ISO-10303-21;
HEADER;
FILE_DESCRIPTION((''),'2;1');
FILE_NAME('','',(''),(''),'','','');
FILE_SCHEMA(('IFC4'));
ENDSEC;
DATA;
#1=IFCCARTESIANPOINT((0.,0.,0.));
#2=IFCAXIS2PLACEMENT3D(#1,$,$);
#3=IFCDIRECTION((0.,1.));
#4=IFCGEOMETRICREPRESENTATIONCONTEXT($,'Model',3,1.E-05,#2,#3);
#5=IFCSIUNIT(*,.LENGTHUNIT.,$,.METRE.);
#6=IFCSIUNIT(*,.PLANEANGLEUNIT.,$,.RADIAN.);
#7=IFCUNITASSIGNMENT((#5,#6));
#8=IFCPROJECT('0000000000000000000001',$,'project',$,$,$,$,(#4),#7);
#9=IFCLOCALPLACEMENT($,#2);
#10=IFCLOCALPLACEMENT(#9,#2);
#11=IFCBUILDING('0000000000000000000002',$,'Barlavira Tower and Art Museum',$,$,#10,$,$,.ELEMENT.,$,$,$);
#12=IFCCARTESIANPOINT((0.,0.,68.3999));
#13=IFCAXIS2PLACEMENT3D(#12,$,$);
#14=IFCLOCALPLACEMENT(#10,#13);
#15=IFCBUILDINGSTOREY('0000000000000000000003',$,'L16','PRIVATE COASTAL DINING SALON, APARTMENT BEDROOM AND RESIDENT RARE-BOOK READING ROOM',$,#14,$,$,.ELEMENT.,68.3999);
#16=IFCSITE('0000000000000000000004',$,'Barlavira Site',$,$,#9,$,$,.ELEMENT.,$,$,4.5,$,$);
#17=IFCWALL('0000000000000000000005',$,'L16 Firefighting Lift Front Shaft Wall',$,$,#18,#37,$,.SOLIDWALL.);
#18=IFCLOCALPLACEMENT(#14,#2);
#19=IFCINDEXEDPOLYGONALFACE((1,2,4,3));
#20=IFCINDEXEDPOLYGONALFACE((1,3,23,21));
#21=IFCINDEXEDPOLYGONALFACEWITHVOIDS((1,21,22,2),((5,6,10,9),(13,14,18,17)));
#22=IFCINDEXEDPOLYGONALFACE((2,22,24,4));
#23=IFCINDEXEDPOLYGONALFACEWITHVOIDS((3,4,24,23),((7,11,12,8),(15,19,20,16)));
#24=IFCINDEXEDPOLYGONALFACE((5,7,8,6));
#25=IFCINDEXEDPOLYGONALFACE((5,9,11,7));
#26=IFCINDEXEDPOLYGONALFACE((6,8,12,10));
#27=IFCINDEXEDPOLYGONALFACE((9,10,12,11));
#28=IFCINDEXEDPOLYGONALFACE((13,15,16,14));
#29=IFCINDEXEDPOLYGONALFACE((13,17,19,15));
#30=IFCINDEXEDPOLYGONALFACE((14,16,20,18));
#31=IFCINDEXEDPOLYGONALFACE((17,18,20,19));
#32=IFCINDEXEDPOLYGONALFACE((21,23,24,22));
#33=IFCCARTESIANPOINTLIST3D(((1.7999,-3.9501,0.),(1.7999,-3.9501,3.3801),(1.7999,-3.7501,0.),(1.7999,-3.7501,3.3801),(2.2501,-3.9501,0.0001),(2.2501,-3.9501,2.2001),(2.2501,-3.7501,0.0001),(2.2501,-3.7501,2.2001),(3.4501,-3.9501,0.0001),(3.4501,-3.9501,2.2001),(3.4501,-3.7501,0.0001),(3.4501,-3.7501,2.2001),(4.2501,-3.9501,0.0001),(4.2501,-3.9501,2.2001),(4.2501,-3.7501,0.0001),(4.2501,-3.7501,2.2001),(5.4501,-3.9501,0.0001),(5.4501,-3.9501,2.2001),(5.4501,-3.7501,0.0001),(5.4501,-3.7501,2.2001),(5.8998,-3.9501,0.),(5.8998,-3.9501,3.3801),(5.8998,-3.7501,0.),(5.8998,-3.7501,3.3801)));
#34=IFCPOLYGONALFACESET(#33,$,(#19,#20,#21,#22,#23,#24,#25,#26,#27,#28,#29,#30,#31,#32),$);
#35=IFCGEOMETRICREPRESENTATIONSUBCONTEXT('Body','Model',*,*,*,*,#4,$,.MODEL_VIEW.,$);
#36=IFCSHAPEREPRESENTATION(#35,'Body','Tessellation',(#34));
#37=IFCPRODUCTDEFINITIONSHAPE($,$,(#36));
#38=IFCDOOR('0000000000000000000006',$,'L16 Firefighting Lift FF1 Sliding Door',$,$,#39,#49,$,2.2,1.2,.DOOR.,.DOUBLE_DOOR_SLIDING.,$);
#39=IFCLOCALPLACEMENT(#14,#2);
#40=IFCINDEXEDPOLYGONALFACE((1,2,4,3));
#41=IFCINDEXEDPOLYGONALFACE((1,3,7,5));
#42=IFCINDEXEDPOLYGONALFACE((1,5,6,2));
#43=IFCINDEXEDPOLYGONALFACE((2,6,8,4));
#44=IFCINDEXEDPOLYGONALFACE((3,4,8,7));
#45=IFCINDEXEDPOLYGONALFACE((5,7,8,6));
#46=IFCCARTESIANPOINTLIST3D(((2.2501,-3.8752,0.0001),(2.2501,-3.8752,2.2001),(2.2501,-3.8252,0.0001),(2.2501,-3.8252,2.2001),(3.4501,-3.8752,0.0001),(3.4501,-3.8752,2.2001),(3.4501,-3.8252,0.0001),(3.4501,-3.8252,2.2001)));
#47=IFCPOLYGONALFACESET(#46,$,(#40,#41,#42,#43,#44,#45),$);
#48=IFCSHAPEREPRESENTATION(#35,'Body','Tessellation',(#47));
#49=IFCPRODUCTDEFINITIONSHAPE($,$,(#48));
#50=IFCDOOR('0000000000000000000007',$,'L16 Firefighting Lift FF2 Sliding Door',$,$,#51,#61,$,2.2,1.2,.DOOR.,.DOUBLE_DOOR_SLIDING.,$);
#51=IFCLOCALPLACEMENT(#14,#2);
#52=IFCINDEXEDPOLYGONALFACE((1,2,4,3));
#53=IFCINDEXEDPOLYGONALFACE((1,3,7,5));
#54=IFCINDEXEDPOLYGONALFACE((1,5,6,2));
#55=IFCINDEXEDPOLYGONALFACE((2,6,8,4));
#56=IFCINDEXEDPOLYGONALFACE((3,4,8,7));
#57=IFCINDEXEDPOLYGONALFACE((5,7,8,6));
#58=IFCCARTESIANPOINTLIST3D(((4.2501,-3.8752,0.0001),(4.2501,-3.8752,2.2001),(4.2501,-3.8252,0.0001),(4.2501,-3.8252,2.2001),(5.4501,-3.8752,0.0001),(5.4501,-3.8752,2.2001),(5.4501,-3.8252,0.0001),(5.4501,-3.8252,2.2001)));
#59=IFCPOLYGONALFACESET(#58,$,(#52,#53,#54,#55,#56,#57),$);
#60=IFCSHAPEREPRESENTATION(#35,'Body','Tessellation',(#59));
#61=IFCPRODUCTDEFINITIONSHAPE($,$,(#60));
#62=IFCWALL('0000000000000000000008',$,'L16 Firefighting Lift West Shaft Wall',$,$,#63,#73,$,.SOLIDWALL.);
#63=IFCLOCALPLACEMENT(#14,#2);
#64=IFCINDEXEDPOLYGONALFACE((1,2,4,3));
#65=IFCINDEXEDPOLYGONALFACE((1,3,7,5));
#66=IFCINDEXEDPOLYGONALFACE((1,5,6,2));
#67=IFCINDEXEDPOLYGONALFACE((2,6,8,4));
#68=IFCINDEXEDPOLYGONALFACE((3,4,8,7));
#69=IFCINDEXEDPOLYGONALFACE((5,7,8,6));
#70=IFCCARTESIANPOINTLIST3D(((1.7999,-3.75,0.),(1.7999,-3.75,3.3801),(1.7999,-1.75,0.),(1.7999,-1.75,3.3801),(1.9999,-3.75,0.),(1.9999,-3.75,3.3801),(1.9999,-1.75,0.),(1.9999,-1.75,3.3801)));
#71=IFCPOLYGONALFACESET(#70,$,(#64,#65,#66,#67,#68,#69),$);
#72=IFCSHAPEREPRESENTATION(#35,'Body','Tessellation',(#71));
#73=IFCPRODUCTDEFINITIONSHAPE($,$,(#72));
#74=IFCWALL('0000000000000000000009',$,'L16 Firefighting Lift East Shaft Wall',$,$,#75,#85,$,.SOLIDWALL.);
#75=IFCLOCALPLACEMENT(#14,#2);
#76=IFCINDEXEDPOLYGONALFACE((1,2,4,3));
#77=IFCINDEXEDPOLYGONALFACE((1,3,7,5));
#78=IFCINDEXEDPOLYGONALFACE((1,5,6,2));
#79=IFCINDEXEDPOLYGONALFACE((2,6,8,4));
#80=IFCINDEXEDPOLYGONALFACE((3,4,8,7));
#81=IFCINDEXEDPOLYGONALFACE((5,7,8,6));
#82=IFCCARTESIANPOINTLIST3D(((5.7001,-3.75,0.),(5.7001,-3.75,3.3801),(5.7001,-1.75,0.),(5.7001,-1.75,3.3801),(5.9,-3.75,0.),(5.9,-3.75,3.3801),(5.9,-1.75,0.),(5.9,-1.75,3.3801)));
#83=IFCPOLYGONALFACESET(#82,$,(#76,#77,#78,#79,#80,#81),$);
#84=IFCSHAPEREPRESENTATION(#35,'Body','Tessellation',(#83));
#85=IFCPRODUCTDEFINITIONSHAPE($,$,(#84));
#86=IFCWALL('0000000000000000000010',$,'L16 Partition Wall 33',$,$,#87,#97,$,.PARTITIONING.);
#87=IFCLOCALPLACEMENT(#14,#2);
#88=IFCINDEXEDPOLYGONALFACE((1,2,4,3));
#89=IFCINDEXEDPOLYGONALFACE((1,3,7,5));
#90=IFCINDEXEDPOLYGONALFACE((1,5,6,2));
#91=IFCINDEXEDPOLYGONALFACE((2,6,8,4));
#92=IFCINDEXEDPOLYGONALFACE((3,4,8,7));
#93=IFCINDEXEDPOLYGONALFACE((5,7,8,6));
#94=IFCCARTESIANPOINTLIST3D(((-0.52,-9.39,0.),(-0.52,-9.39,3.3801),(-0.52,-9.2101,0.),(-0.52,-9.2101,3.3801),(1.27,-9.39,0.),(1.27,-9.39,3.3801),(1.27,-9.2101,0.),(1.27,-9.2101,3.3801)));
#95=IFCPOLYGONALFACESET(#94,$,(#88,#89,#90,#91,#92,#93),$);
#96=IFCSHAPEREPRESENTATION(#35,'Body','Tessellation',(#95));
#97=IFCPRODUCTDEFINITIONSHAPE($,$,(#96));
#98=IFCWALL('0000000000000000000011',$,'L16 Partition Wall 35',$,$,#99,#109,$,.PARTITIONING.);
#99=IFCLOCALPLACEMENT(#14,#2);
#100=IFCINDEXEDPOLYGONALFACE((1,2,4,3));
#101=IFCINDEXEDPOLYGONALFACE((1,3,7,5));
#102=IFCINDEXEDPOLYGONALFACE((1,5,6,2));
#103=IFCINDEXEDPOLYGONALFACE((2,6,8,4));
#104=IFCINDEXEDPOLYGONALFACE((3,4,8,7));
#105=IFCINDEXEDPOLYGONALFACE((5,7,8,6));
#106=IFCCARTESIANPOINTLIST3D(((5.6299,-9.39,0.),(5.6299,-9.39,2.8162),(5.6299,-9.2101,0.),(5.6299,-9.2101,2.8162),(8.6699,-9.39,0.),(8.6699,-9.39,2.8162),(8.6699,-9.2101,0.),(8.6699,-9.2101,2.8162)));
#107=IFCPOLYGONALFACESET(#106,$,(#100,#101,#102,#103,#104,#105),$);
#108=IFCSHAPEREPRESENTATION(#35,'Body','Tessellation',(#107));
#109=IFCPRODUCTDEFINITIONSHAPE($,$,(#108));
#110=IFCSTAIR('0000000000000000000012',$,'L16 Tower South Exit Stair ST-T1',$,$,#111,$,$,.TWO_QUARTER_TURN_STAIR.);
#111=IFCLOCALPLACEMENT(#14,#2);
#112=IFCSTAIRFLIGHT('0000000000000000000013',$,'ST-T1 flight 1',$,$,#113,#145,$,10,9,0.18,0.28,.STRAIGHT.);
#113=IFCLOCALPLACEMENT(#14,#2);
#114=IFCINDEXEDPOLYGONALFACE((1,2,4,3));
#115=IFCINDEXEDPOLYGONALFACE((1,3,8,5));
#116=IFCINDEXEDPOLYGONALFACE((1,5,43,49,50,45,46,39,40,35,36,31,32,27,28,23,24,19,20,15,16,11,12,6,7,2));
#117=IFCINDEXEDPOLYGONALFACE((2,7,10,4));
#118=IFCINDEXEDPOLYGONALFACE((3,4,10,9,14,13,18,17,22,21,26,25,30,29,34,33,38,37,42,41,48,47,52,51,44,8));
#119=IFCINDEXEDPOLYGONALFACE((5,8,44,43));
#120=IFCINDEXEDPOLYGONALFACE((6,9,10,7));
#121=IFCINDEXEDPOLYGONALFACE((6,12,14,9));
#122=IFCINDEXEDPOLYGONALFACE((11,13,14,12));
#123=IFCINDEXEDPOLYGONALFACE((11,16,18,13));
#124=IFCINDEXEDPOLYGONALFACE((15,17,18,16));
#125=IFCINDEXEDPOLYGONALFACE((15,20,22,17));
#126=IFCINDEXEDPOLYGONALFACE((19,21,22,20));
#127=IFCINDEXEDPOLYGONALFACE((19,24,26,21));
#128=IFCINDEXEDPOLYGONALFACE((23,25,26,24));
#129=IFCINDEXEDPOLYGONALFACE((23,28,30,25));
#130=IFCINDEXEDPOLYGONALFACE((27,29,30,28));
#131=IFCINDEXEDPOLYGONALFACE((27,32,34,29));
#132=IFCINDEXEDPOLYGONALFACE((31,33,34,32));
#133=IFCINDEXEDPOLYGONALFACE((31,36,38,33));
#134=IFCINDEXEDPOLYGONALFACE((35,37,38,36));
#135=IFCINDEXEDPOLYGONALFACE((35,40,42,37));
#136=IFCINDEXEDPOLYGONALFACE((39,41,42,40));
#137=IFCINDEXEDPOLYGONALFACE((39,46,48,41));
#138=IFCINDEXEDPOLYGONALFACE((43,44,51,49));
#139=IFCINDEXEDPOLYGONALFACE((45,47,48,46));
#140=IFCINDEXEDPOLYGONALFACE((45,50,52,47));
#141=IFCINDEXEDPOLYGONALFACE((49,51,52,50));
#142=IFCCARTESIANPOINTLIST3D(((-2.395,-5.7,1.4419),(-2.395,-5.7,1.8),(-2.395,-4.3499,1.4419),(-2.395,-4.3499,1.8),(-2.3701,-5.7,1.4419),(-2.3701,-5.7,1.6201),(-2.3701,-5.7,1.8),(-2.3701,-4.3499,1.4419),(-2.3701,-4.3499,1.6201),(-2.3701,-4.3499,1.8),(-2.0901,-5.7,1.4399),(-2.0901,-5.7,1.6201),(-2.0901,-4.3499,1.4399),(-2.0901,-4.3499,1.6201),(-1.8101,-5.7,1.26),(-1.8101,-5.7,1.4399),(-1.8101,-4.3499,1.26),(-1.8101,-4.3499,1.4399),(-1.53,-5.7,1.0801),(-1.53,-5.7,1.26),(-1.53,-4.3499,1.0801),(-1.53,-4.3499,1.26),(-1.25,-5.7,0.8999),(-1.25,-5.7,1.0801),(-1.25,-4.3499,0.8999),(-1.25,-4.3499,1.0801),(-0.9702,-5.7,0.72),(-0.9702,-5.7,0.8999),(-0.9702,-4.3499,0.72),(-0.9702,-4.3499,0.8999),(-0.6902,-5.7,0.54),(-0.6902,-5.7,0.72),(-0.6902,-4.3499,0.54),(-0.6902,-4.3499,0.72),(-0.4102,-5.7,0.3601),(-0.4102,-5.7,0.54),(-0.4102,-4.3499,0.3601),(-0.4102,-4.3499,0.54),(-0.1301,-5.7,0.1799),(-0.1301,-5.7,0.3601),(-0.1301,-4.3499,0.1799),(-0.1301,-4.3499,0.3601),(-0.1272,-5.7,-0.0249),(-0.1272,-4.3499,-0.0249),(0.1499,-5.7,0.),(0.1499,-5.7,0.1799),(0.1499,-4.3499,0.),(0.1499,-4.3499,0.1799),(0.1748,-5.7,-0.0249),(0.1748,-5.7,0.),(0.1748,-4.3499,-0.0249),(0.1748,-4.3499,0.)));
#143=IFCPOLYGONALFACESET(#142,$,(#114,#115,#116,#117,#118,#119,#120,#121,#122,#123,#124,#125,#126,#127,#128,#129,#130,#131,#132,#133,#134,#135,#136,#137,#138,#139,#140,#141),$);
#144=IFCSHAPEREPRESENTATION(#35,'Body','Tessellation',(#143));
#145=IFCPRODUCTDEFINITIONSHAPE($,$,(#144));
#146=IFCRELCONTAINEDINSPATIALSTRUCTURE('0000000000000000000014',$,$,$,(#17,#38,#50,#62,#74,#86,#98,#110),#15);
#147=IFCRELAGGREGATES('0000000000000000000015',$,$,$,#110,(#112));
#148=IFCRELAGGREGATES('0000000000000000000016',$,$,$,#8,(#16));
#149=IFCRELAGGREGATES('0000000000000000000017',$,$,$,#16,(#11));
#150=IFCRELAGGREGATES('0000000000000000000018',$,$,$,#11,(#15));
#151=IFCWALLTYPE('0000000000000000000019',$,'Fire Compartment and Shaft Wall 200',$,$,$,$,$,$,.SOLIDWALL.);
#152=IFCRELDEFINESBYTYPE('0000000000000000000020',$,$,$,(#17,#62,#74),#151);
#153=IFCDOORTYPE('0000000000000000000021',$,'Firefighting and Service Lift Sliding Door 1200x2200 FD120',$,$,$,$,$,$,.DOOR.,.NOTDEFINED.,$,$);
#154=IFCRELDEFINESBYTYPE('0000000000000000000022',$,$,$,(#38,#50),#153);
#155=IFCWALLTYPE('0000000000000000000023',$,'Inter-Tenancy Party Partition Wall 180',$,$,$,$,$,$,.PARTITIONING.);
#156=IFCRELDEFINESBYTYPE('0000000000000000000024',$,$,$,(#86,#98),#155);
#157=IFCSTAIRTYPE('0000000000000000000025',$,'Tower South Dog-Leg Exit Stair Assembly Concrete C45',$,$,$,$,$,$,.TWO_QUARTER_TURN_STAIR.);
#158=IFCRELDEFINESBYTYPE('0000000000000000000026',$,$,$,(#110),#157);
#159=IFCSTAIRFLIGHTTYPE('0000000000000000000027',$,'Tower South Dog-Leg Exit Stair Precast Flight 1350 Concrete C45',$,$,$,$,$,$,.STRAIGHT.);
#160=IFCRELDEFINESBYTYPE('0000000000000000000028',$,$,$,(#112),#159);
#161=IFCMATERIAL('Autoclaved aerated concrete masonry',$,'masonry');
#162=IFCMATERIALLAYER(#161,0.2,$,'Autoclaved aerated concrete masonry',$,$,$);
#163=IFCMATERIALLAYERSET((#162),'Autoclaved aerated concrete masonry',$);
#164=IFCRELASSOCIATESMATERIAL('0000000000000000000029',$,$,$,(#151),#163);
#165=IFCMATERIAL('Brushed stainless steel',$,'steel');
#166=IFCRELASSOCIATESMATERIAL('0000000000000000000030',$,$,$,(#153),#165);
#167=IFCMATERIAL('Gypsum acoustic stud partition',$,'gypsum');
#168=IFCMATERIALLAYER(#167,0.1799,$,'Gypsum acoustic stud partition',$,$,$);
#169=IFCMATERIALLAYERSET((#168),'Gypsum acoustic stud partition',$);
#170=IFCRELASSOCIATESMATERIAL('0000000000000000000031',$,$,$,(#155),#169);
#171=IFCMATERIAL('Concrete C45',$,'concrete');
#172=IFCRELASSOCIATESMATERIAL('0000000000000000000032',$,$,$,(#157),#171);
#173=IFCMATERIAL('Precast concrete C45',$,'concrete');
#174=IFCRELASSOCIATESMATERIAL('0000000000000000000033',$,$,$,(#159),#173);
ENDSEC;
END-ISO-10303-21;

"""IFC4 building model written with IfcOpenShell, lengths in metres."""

from ifc_helpers import new_model, si_unit, direction, frame, frame_2d, origin, place, context, subcontext, project, spatial, polyline, rectangle, outline, extrude, material, layer, layer_set, type_object, element, fill, aggregate, save


model = new_model("IFC4")

# Units and contexts
model_context = context("Model", 3, precision=1e-05, world=origin(), true_north=direction((0.0, 1.0)))
body_context = subcontext(model_context, "Body", "Model", "MODEL_VIEW")
ifc_project = project(units=[si_unit("LENGTHUNIT", "METRE"), si_unit("PLANEANGLEUNIT", "RADIAN")], contexts=[model_context])

# Site, building, storey
site_placement = place(None, origin())
site = spatial("IfcSite", under=ifc_project, at=site_placement, Name="Barlavira Site", CompositionType="ELEMENT", RefElevation=4.5)
building_placement = place(site_placement, origin())
building = spatial("IfcBuilding", under=site, at=building_placement, Name="Barlavira Tower and Art Museum", CompositionType="ELEMENT")
storey_placement = place(building_placement, frame((0.0, 0.0, 68.3999)))
storey = spatial("IfcBuildingStorey", under=building, at=storey_placement, Name="L16", Description="PRIVATE COASTAL DINING SALON, APARTMENT BEDROOM AND RESIDENT RARE-BOOK READING ROOM", CompositionType="ELEMENT", Elevation=68.3999)

# Shared definitions
ifc_material_1 = material(Name="Brushed stainless steel", Category="steel")

# Wall, openings, doors
ifc_material_2 = material(Name="Autoclaved aerated concrete masonry", Category="masonry")
ifc_layer_1 = layer(ifc_material_2, 0.2, Name="Autoclaved aerated concrete masonry")
ifc_layer_set_1 = layer_set([ifc_layer_1], Name="Autoclaved aerated concrete masonry")
wall_type_1 = type_object("IfcWallType", Name="Fire Compartment and Shaft Wall 200", PredefinedType="SOLIDWALL", material=ifc_layer_set_1)
wall_1_placement = place(storey_placement, frame((1.8, -3.8501, 0.0), z_axis=(0.0, 0.0, 1.0), x_axis=(1.0, 0.0, 0.0)))
wall_1 = element("IfcWall", 1, at=wall_1_placement, inside=storey, type_object=wall_type_1, Name="L16 Firefighting Lift Front Shaft Wall", PredefinedType="SOLIDWALL", context=body_context, shape_type="SweptSolid", body=[
    extrude(rectangle(XDim=4.0999, YDim=0.2, at=frame_2d((2.0498, 0.0))), origin(), (0.0, 0.0, 1.0), 3.3801),
])
opening_1_placement = place(wall_1_placement, frame((0.45, 0.0, 0.0)))
opening_1 = element("IfcOpeningElement", 2, at=opening_1_placement, cuts=wall_1, PredefinedType="OPENING", context=body_context, shape_type="SweptSolid", body=[
    extrude(rectangle(XDim=1.2, YDim=2.2, at=frame_2d((0.6001, 1.1001))), frame((0.0, 0.1099, 0.0), z_axis=(0.0, -1.0, 0.0), x_axis=(1.0, 0.0, 0.0)), (0.0, 0.0, 1.0), 0.22),
])
opening_2_placement = place(wall_1_placement, frame((2.45, 0.0, 0.0)))
opening_2 = element("IfcOpeningElement", 3, at=opening_2_placement, cuts=wall_1, PredefinedType="OPENING", context=body_context, shape_type="SweptSolid", body=[
    extrude(rectangle(XDim=1.2, YDim=2.2, at=frame_2d((0.6001, 1.1001))), frame((0.0, 0.1099, 0.0), z_axis=(0.0, -1.0, 0.0), x_axis=(1.0, 0.0, 0.0)), (0.0, 0.0, 1.0), 0.22),
])
door_type_1 = type_object("IfcDoorType", Name="Firefighting and Service Lift Sliding Door 1200x2200 FD120", OperationType="NOTDEFINED", PredefinedType="DOOR", material=ifc_material_1)
door_1_placement = place(opening_1_placement, origin())
door_1 = element("IfcDoor", 4, at=door_1_placement, inside=storey, type_object=door_type_1, Name="L16 Firefighting Lift FF1 Sliding Door", OperationType="DOUBLE_DOOR_SLIDING", OverallHeight=2.2, OverallWidth=1.2, PredefinedType="DOOR", context=body_context, shape_type="SweptSolid", body=[
    extrude(rectangle(XDim=1.2, YDim=2.2, at=frame_2d((0.6001, 1.1001))), frame((0.0, 0.0249, 0.0), z_axis=(0.0, -1.0, 0.0), x_axis=(1.0, 0.0, 0.0)), (0.0, 0.0, 1.0), 0.05),
])
fill(opening_1, door_1)
door_2_placement = place(opening_2_placement, origin())
door_2 = element("IfcDoor", 5, at=door_2_placement, inside=storey, type_object=door_type_1, Name="L16 Firefighting Lift FF2 Sliding Door", OperationType="DOUBLE_DOOR_SLIDING", OverallHeight=2.2, OverallWidth=1.2, PredefinedType="DOOR", context=body_context, shape_type="SweptSolid", body=[
    extrude(rectangle(XDim=1.2, YDim=2.2, at=frame_2d((0.6001, 1.1001))), frame((0.0, 0.0249, 0.0), z_axis=(0.0, -1.0, 0.0), x_axis=(1.0, 0.0, 0.0)), (0.0, 0.0, 1.0), 0.05),
])
fill(opening_2, door_2)

# Walls
for number, where, z_axis, x_axis, name in (
    (6, (1.8999, -3.75, 0.0), (0.0, 0.0, 1.0), (0.0, 1.0, 0.0), "L16 Firefighting Lift West Shaft Wall"),
    (7, (5.8, -3.75, 0.0), (0.0, 0.0, 1.0), (0.0, 1.0, 0.0), "L16 Firefighting Lift East Shaft Wall"),
):
    element("IfcWall", number, at=place(storey_placement, frame(where, z_axis=z_axis, x_axis=x_axis)), inside=storey, type_object=wall_type_1, Name=name, PredefinedType="SOLIDWALL", context=body_context, shape_type="SweptSolid", body=[
        extrude(rectangle(XDim=2.0, YDim=0.2, at=frame_2d((1.0, 0.0))), origin(), (0.0, 0.0, 1.0), 3.3801),
    ])
ifc_material_3 = material(Name="Gypsum acoustic stud partition", Category="gypsum")
ifc_layer_2 = layer(ifc_material_3, 0.1799, Name="Gypsum acoustic stud partition")
ifc_layer_set_2 = layer_set([ifc_layer_2], Name="Gypsum acoustic stud partition")
wall_type_2 = type_object("IfcWallType", Name="Inter-Tenancy Party Partition Wall 180", PredefinedType="PARTITIONING", material=ifc_layer_set_2)
wall_2_placement = place(storey_placement, frame((-0.52, -9.3, 0.0), z_axis=(0.0, 0.0, 1.0), x_axis=(1.0, 0.0, 0.0)))
element("IfcWall", 8, at=wall_2_placement, inside=storey, type_object=wall_type_2, Name="L16 Partition Wall 33", PredefinedType="PARTITIONING", context=body_context, shape_type="SweptSolid", body=[
    extrude(rectangle(XDim=1.79, YDim=0.1799, at=frame_2d((0.895, 0.0))), origin(), (0.0, 0.0, 1.0), 3.3801),
])

# Wall
wall_3_placement = place(storey_placement, frame((5.6299, -9.3, 0.0), z_axis=(0.0, 0.0, 1.0), x_axis=(1.0, 0.0, 0.0)))
element("IfcWall", 9, at=wall_3_placement, inside=storey, type_object=wall_type_2, Name="L16 Partition Wall 35", PredefinedType="PARTITIONING", context=body_context, shape_type="SweptSolid", body=[
    extrude(rectangle(XDim=3.04, YDim=0.1799, at=frame_2d((1.52, 0.0))), origin(), (0.0, 0.0, 1.0), 2.8162),
])

# Stair, stair flight
ifc_material_4 = material(Name="Concrete C45", Category="concrete")
stair_type = type_object("IfcStairType", Name="Tower South Dog-Leg Exit Stair Assembly Concrete C45", PredefinedType="TWO_QUARTER_TURN_STAIR", material=ifc_material_4)
stair_placement = place(storey_placement, origin())
stair = element("IfcStair", 10, at=stair_placement, inside=storey, type_object=stair_type, Name="L16 Tower South Exit Stair ST-T1", PredefinedType="TWO_QUARTER_TURN_STAIR")
ifc_material_5 = material(Name="Precast concrete C45", Category="concrete")
stair_flight_type = type_object("IfcStairFlightType", Name="Tower South Dog-Leg Exit Stair Precast Flight 1350 Concrete C45", PredefinedType="STRAIGHT", material=ifc_material_5)
stair_flight_placement = place(storey_placement, frame((0.1499, -5.0249, 0.0), z_axis=(0.0, 0.0, 1.0), x_axis=(-1.0, 0.0, 0.0)))
stair_flight = element("IfcStairFlight", 11, at=stair_flight_placement, type_object=stair_flight_type, Name="ST-T1 flight 1", NumberOfRisers=10, NumberOfTreads=9, PredefinedType="STRAIGHT", RiserHeight=0.18, TreadLength=0.28, context=body_context, shape_type="SweptSolid", body=[
    extrude(outline(polyline([(-0.0249, 0.0), (0.0, 0.0), (0.0, 0.1799), (0.28, 0.1799), (0.28, 0.3601), (0.5601, 0.3601), (0.5601, 0.54), (0.8401, 0.54), (0.8401, 0.72), (1.1201, 0.72), (1.1201, 0.8999), (1.3999, 0.8999), (1.3999, 1.0801), (1.6799, 1.0801), (1.6799, 1.26), (1.96, 1.26), (1.96, 1.4399), (2.24, 1.4399), (2.24, 1.6201), (2.52, 1.6201), (2.52, 1.8), (2.5449, 1.8), (2.5449, 1.4419), (2.52, 1.4419), (0.2771, -0.0249), (-0.0249, -0.0249), (-0.0249, 0.0)])), frame((0.0, 0.675, 0.0), z_axis=(0.0, -1.0, 0.0), x_axis=(1.0, 0.0, 0.0)), (0.0, 0.0, 1.0), 1.3501),
])
aggregate(stair, [stair_flight])

save(model, "model.ifc")
